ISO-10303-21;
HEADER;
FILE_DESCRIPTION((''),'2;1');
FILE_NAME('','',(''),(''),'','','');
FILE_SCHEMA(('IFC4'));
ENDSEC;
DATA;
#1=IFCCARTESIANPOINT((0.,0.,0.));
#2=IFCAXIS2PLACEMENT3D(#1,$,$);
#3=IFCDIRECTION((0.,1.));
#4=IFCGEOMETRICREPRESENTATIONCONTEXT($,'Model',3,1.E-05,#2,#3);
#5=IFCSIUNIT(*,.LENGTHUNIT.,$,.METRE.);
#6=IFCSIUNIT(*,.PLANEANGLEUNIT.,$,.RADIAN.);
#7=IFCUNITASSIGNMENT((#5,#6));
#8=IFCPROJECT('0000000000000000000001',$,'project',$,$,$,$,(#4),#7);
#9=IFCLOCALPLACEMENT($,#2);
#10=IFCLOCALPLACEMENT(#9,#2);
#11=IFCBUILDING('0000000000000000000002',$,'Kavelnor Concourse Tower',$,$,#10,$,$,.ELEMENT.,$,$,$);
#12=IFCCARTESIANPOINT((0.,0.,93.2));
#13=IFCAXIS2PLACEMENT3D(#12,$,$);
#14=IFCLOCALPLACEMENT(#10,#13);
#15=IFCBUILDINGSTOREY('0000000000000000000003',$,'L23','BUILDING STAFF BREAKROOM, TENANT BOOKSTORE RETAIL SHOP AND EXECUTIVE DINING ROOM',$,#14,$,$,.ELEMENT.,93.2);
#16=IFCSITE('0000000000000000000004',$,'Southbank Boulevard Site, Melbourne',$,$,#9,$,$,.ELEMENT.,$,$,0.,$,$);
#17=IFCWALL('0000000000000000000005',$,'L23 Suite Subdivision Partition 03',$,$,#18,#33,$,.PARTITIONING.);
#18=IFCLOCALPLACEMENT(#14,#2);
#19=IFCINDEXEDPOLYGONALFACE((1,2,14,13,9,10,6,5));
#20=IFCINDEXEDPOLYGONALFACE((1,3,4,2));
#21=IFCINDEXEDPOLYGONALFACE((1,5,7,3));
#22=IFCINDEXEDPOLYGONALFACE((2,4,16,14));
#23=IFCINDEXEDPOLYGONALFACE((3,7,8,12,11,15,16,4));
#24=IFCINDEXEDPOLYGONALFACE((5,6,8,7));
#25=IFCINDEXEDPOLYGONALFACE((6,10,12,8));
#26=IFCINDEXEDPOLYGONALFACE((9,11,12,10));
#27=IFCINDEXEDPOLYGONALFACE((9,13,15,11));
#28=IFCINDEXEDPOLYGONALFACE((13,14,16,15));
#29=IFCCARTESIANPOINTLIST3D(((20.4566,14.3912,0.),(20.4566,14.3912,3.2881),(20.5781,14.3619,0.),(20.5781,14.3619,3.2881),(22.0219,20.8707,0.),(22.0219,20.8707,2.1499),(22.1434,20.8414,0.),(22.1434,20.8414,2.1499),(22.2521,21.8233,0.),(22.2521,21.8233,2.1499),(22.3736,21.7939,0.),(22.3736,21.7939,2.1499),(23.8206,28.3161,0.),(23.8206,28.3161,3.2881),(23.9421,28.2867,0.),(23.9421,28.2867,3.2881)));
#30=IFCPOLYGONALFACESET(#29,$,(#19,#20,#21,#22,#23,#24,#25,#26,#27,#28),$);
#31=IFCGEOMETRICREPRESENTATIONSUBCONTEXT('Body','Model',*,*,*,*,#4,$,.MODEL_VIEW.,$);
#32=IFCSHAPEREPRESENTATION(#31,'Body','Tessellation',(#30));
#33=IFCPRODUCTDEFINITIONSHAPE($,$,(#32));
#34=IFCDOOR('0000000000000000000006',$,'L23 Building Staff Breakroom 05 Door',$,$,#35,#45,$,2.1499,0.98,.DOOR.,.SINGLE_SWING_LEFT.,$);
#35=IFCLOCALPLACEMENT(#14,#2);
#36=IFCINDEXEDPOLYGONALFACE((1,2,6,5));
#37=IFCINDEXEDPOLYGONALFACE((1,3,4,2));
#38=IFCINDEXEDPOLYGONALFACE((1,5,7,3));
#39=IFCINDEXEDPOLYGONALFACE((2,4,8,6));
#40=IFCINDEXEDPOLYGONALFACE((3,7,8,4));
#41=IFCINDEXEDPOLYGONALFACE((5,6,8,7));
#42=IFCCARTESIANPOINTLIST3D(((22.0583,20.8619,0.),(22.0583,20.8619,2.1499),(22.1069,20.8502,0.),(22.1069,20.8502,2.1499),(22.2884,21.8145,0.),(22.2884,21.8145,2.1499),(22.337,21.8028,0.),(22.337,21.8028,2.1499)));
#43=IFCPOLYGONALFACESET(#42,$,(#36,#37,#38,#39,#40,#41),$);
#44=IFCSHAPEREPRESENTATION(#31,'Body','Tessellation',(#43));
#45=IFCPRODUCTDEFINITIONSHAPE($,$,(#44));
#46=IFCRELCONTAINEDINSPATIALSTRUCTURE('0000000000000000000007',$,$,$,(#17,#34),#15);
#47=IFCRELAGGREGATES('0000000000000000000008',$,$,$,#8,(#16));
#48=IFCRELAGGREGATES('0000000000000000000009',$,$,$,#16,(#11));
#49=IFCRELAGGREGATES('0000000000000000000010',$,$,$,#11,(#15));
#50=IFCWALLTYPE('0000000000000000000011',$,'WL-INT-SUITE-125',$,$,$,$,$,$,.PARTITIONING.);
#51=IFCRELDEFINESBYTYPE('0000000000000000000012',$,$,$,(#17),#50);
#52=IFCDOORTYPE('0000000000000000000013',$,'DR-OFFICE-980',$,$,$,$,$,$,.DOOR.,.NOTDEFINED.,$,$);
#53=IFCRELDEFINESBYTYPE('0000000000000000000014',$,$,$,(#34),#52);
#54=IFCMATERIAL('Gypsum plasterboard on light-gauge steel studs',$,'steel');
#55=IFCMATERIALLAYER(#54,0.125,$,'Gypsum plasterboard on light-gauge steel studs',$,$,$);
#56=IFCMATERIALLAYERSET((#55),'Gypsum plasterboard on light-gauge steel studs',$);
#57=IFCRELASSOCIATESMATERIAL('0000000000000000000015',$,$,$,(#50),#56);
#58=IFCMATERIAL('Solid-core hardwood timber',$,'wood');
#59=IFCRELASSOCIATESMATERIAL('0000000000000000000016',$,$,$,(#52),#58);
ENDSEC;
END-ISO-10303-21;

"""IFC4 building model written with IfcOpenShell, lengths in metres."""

from ifc_helpers import new_model, si_unit, direction, frame, frame_2d, origin, place, context, subcontext, project, spatial, rectangle, extrude, material, layer, layer_set, type_object, element, fill, save


model = new_model("IFC4")

# Units and contexts
model_context = context("Model", 3, precision=1e-05, world=origin(), true_north=direction((0.0, 1.0)))
body_context = subcontext(model_context, "Body", "Model", "MODEL_VIEW")
ifc_project = project(units=[si_unit("LENGTHUNIT", "METRE"), si_unit("PLANEANGLEUNIT", "RADIAN")], contexts=[model_context])

# Site, building, storey
site_placement = place(None, origin())
site = spatial("IfcSite", under=ifc_project, at=site_placement, Name="Southbank Boulevard Site, Melbourne", CompositionType="ELEMENT", RefElevation=0.0)
building_placement = place(site_placement, origin())
building = spatial("IfcBuilding", under=site, at=building_placement, Name="Kavelnor Concourse Tower", CompositionType="ELEMENT")
storey_placement = place(building_placement, frame((0.0, 0.0, 93.2)))
storey = spatial("IfcBuildingStorey", under=building, at=storey_placement, Name="L23", Description="BUILDING STAFF BREAKROOM, TENANT BOOKSTORE RETAIL SHOP AND EXECUTIVE DINING ROOM", CompositionType="ELEMENT", Elevation=93.2)

# Wall, opening, door
ifc_material_1 = material(Name="Gypsum plasterboard on light-gauge steel studs", Category="steel")
ifc_layer_1 = layer(ifc_material_1, 0.125, Name="Gypsum plasterboard on light-gauge steel studs")
ifc_layer_set_1 = layer_set([ifc_layer_1], Name="Gypsum plasterboard on light-gauge steel studs")
wall_type_1 = type_object("IfcWallType", Name="WL-INT-SUITE-125", PredefinedType="PARTITIONING", material=ifc_layer_set_1)
wall_1_placement = place(storey_placement, frame((23.8813, 28.3013, 0.0), z_axis=(0.0, 0.0, 1.0), x_axis=(-0.234829, -0.972037, 0.0)))
wall_1 = element("IfcWall", 1, at=wall_1_placement, inside=storey, type_object=wall_type_1, Name="L23 Suite Subdivision Partition 03", PredefinedType="PARTITIONING", context=body_context, shape_type="SweptSolid", body=[
    extrude(rectangle(XDim=14.3254, YDim=0.125, at=frame_2d((7.1626, 0.0))), origin(), (0.0, 0.0, 1.0), 3.2881),
])
opening_1_placement = place(wall_1_placement, frame((6.6794, 0.0, 0.0)))
opening_1 = element("IfcOpeningElement", 2, at=opening_1_placement, cuts=wall_1, PredefinedType="OPENING", context=body_context, shape_type="SweptSolid", body=[
    extrude(rectangle(XDim=0.98, YDim=2.1499, at=frame_2d((0.49, 1.075))), frame((0.0, 0.0725, 0.0), z_axis=(0.0, -1.0, 0.0), x_axis=(1.0, 0.0, 0.0)), (0.0, 0.0, 1.0), 0.145),
])
ifc_material_2 = material(Name="Solid-core hardwood timber", Category="wood")
door_type = type_object("IfcDoorType", Name="DR-OFFICE-980", OperationType="NOTDEFINED", PredefinedType="DOOR", material=ifc_material_2)
door_placement = place(opening_1_placement, origin())
door = element("IfcDoor", 3, at=door_placement, inside=storey, type_object=door_type, Name="L23 Building Staff Breakroom 05 Door", OperationType="SINGLE_SWING_LEFT", OverallHeight=2.1499, OverallWidth=0.98, PredefinedType="DOOR", context=body_context, shape_type="SweptSolid", body=[
    extrude(rectangle(XDim=0.98, YDim=2.1499, at=frame_2d((0.49, 1.075))), frame((0.0, 0.0249, 0.0), z_axis=(0.0, -1.0, 0.0), x_axis=(1.0, 0.0, 0.0)), (0.0, 0.0, 1.0), 0.05),
])
fill(opening_1, door)

save(model, "model.ifc")
